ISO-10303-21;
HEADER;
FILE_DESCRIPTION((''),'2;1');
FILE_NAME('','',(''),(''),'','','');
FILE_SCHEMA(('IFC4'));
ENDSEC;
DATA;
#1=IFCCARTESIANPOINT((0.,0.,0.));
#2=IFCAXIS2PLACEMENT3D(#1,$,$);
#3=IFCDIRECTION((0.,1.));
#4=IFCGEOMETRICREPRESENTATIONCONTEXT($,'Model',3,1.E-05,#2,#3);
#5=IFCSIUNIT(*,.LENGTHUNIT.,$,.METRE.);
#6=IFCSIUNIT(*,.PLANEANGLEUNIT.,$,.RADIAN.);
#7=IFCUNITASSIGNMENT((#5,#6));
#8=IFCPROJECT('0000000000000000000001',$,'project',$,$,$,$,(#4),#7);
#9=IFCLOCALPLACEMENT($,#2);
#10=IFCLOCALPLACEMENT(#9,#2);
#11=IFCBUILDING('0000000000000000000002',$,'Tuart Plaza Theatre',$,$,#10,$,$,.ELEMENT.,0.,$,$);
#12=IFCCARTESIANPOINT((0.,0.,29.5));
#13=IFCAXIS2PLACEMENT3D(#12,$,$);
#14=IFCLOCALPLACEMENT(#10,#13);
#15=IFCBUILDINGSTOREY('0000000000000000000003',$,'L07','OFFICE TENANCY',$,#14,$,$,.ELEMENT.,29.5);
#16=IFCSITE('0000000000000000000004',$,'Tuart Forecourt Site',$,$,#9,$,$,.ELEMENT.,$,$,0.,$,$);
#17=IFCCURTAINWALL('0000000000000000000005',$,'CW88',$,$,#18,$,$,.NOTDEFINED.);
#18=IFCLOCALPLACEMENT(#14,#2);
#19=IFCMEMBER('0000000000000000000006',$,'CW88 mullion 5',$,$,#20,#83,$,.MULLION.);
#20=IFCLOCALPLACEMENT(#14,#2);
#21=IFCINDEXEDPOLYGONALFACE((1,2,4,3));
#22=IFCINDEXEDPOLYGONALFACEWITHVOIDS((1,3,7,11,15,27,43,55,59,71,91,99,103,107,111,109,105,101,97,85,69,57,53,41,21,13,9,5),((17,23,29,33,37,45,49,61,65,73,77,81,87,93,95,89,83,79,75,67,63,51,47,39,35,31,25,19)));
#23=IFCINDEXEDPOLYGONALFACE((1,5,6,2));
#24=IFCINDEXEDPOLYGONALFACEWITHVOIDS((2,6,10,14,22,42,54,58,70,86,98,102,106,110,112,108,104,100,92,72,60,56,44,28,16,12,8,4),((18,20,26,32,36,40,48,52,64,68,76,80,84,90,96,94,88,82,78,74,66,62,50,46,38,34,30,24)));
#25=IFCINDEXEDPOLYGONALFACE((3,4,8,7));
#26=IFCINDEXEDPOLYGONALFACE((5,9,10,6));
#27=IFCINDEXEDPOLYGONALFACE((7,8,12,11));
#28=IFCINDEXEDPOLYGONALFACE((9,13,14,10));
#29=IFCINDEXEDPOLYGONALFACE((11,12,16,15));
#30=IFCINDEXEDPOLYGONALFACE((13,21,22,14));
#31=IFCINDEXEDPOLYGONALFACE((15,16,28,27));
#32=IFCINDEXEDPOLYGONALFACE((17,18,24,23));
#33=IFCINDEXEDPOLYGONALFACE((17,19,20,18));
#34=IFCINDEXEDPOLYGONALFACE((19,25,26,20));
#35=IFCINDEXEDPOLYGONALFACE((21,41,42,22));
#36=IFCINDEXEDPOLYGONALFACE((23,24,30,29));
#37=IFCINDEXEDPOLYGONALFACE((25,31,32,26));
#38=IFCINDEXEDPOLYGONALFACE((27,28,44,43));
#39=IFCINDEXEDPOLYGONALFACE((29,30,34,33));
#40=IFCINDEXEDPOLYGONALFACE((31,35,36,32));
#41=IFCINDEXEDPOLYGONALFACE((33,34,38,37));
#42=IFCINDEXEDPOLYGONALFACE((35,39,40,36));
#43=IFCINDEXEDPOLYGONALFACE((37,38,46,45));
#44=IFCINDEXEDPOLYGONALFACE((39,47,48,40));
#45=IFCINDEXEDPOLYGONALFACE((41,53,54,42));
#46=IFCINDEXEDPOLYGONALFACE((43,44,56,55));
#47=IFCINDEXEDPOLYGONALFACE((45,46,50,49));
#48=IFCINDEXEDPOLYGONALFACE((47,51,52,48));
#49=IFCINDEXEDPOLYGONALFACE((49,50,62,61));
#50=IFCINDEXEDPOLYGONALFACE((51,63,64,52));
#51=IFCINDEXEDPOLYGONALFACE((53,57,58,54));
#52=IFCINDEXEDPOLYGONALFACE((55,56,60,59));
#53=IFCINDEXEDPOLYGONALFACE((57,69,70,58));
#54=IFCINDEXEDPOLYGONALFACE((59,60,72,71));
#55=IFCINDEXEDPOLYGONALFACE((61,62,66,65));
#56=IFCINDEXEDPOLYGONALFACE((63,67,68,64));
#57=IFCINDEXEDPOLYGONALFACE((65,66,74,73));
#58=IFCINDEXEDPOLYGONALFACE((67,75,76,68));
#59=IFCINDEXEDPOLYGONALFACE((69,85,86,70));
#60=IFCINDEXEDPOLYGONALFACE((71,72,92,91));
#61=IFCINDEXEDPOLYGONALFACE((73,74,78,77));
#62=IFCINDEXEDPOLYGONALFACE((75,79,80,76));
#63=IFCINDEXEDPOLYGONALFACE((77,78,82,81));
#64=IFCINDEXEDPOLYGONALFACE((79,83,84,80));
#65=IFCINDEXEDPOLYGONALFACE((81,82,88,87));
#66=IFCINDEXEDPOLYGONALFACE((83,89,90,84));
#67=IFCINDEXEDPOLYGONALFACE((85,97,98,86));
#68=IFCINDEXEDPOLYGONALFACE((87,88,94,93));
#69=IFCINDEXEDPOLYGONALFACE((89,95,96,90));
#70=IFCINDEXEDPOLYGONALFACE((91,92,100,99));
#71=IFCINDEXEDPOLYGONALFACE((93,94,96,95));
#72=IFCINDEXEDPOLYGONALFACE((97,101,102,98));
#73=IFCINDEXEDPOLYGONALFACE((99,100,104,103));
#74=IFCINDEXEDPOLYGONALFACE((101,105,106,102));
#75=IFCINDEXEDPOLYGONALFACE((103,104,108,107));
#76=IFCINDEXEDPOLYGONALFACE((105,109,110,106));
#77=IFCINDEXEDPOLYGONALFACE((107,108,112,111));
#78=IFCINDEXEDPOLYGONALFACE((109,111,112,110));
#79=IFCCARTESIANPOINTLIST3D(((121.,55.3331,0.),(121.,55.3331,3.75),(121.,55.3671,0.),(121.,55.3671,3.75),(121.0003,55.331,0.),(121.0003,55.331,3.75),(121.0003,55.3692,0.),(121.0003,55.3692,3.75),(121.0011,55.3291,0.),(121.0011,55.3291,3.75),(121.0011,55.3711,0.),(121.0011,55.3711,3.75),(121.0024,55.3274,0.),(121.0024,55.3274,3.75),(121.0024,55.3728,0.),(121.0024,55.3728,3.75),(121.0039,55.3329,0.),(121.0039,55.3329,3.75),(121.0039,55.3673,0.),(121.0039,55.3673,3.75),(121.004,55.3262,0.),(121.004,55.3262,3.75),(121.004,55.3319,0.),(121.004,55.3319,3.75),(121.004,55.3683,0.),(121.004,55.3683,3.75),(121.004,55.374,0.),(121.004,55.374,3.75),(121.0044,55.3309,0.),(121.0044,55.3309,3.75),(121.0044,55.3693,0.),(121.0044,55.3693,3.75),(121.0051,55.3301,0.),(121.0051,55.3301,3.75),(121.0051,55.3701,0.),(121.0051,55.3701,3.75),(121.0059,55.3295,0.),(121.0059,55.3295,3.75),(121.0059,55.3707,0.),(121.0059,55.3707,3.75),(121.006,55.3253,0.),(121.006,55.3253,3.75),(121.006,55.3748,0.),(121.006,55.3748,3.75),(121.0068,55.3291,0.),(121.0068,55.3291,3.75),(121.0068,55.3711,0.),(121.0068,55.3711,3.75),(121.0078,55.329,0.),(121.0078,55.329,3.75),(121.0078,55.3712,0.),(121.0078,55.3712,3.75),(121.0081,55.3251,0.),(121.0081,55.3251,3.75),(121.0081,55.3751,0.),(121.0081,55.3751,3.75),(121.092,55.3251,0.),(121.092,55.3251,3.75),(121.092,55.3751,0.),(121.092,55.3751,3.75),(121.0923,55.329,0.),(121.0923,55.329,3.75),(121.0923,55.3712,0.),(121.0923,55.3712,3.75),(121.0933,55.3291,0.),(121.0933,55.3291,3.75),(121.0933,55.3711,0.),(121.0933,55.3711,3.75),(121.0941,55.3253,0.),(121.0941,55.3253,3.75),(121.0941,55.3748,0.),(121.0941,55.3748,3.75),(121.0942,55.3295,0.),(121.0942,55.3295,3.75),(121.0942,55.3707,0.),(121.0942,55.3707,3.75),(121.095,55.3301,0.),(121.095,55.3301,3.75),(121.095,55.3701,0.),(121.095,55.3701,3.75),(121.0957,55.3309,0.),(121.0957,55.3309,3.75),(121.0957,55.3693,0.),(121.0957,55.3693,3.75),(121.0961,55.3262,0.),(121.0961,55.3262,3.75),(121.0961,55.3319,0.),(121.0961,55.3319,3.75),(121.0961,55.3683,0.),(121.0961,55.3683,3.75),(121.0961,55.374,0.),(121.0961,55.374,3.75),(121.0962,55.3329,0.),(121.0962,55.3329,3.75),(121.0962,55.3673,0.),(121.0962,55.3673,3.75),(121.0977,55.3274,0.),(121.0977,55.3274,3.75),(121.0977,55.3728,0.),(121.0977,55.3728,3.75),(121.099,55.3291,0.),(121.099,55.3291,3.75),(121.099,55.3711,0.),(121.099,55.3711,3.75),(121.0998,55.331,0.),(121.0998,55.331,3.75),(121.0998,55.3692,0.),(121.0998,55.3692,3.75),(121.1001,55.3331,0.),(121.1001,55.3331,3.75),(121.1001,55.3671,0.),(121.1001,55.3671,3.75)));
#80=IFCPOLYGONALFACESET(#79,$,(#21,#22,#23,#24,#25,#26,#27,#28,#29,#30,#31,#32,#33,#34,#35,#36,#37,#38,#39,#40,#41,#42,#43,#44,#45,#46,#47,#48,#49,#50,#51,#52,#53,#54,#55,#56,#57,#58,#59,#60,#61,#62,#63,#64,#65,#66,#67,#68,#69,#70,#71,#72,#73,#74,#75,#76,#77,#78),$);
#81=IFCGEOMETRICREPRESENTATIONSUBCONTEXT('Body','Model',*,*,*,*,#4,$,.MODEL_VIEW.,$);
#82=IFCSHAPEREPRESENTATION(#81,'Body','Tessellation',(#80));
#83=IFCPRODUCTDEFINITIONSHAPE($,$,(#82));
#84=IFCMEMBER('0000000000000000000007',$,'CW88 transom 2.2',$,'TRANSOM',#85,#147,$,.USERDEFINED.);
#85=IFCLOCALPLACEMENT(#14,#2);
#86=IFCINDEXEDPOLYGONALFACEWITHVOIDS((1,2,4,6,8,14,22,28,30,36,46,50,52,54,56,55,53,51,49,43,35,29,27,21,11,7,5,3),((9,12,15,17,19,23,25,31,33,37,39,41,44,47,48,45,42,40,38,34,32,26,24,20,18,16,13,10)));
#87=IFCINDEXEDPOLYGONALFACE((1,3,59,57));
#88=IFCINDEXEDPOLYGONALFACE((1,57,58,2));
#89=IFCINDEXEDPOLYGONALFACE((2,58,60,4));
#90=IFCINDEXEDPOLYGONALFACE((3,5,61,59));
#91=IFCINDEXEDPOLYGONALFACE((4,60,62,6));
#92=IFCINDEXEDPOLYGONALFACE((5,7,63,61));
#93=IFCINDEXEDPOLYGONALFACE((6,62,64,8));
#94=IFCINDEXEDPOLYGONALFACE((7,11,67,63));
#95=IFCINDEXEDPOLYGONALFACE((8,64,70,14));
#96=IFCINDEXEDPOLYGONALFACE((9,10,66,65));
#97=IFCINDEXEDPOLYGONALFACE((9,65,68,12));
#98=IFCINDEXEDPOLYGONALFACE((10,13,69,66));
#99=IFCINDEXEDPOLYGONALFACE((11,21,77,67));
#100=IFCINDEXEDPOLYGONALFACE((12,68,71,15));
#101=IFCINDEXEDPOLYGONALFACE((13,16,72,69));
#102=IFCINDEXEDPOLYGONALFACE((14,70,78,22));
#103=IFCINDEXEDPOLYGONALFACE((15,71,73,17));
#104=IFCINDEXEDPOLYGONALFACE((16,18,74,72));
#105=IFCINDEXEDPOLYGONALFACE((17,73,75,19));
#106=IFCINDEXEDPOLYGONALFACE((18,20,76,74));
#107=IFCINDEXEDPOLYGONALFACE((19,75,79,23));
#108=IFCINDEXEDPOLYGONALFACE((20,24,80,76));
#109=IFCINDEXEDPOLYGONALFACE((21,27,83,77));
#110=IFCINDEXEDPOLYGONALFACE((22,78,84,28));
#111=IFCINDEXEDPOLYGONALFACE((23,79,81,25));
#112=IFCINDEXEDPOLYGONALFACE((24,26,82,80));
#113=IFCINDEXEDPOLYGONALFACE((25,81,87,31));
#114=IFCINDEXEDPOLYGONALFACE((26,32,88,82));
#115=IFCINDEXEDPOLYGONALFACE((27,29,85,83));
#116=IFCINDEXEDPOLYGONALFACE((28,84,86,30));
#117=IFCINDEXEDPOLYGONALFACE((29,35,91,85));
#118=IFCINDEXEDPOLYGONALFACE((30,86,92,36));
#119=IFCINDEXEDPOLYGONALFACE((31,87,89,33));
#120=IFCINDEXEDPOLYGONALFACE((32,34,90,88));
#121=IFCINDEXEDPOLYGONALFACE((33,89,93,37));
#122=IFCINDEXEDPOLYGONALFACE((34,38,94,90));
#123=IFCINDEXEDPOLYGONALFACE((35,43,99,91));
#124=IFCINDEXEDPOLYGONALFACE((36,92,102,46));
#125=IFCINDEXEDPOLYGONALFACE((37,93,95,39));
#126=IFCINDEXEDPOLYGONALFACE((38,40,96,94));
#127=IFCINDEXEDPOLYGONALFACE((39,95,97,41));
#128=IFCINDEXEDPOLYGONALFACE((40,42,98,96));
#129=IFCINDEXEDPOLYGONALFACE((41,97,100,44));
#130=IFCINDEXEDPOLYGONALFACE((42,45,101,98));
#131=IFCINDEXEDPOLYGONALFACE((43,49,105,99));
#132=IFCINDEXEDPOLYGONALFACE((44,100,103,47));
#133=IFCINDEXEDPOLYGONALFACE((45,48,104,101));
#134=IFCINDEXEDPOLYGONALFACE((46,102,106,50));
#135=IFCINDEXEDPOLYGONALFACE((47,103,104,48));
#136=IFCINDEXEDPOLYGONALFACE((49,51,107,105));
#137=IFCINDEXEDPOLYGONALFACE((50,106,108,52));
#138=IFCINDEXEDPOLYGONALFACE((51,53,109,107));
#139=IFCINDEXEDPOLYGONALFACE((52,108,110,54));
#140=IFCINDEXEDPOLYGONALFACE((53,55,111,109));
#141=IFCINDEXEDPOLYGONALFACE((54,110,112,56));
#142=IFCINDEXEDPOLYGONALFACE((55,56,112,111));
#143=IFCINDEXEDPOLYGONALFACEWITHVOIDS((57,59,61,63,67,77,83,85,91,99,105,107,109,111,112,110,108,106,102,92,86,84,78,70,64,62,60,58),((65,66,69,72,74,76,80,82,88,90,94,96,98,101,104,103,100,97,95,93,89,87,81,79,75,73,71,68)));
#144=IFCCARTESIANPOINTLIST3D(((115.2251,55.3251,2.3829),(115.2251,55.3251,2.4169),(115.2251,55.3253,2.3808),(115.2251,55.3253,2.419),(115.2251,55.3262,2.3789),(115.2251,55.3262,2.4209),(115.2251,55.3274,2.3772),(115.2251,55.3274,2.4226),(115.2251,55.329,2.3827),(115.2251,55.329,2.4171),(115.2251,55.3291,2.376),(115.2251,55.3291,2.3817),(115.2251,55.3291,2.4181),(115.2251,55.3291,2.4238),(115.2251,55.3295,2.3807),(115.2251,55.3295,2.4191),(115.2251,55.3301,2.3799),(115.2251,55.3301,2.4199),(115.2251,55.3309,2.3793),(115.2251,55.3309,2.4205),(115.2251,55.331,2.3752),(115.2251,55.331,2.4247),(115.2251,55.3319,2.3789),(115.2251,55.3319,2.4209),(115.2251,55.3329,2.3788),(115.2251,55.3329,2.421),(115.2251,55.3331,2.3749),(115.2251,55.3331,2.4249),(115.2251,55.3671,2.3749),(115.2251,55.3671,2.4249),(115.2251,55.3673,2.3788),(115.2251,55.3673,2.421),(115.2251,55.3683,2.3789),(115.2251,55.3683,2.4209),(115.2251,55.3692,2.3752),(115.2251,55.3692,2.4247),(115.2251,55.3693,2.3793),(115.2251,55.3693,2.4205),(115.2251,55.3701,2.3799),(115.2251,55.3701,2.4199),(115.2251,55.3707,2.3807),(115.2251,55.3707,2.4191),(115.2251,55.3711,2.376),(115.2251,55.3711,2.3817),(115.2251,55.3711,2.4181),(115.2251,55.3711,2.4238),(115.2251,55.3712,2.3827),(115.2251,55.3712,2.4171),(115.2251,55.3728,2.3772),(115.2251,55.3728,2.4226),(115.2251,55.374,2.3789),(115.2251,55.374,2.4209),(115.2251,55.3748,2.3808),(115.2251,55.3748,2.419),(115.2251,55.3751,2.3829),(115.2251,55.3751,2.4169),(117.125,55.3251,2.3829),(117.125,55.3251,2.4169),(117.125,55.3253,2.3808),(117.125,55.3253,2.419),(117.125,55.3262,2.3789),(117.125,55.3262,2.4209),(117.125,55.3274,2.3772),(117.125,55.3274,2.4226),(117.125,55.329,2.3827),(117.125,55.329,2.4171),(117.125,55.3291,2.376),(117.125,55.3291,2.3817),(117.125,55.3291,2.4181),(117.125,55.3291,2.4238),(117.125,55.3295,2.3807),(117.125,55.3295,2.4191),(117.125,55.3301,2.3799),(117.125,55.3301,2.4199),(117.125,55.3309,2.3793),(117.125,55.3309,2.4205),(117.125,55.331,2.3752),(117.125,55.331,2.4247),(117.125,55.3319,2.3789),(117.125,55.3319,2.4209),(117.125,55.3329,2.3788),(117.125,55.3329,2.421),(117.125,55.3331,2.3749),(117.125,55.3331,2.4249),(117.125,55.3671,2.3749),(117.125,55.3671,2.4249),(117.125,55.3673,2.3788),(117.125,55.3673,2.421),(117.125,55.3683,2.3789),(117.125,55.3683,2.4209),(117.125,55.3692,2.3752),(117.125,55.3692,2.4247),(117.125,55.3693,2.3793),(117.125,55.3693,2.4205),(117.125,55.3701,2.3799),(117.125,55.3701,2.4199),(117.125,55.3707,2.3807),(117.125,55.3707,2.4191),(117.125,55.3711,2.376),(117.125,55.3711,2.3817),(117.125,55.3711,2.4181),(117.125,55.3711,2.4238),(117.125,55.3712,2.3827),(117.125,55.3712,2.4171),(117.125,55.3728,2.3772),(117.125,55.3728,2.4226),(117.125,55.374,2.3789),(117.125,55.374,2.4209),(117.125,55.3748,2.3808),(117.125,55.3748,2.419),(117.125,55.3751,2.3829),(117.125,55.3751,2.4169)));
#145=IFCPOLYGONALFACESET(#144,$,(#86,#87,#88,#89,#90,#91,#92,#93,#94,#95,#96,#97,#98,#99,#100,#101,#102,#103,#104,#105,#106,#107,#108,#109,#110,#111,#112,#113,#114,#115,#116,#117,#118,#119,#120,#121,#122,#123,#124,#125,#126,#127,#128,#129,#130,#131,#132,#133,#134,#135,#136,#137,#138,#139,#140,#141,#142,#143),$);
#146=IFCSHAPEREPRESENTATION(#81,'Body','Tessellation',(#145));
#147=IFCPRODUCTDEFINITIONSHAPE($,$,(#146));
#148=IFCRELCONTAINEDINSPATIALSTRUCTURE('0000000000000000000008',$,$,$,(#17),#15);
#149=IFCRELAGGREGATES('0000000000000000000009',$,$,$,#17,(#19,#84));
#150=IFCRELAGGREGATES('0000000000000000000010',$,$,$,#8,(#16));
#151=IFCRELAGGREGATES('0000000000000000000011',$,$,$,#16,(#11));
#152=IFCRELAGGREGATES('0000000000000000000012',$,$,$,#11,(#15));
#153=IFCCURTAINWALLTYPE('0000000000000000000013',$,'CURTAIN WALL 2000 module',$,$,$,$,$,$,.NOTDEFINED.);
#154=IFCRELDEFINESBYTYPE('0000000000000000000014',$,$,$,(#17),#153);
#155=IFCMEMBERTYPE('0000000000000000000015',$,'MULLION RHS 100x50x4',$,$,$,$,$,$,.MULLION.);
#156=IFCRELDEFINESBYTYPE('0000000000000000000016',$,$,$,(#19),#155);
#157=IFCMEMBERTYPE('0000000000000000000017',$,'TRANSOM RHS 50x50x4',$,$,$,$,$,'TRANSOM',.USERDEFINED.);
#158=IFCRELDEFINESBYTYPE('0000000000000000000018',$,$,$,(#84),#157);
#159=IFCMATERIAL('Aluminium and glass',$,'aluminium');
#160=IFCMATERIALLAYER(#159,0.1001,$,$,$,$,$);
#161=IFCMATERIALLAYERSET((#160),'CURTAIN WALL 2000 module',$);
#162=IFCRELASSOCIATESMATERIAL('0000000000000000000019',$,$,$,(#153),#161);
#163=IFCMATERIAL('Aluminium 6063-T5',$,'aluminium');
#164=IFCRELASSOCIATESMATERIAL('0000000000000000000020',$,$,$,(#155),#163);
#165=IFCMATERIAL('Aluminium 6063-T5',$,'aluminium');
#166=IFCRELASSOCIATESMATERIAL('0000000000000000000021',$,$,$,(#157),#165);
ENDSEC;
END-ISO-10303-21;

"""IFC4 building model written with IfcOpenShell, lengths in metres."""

from ifc_helpers import new_model, si_unit, direction, frame, origin, origin_2d, place, context, subcontext, project, spatial, hollow_rectangle, extrude, material, layer, layer_set, material_profile, profile_set, type_object, element, aggregate, save


model = new_model("IFC4")

# Units and contexts
model_context = context("Model", 3, precision=1e-05, world=origin(), true_north=direction((0.0, 1.0)))
body_context = subcontext(model_context, "Body", "Model", "MODEL_VIEW")
ifc_project = project(units=[si_unit("LENGTHUNIT", "METRE"), si_unit("PLANEANGLEUNIT", "RADIAN")], contexts=[model_context])

# Site, building, storey
site_placement = place(None, origin())
site = spatial("IfcSite", under=ifc_project, at=site_placement, Name="Tuart Forecourt Site", CompositionType="ELEMENT", RefElevation=0.0)
building_placement = place(site_placement, origin())
building = spatial("IfcBuilding", under=site, at=building_placement, Name="Tuart Plaza Theatre", CompositionType="ELEMENT", ElevationOfRefHeight=0.0)
storey_placement = place(building_placement, frame((0.0, 0.0, 29.5)))
storey = spatial("IfcBuildingStorey", under=building, at=storey_placement, Name="L07", Description="OFFICE TENANCY", CompositionType="ELEMENT", Elevation=29.5)

# Curtain wall, members
ifc_material_1 = material(Name="Aluminium and glass", Category="aluminium")
ifc_layer_1 = layer(ifc_material_1, 0.1001)
ifc_layer_set_1 = layer_set([ifc_layer_1], Name="CURTAIN WALL 2000 module")
curtain_wall_type = type_object("IfcCurtainWallType", Name="CURTAIN WALL 2000 module", PredefinedType="NOTDEFINED", material=ifc_layer_set_1)
curtain_wall_placement = place(storey_placement, origin())
curtain_wall = element("IfcCurtainWall", 1, at=curtain_wall_placement, inside=storey, type_object=curtain_wall_type, Name="CW88", PredefinedType="NOTDEFINED")
ifc_material_2 = material(Name="Aluminium 6063-T5", Category="aluminium")
ifc_material_profile_1 = material_profile(ifc_material_2, hollow_rectangle(XDim=0.05, YDim=0.1001, WallThickness=0.0039, InnerFilletRadius=0.0039, OuterFilletRadius=0.0081, at=origin_2d()), Name="RHS 100x50x4")
ifc_profile_set_1 = profile_set([ifc_material_profile_1], Name="Aluminium 6063-T5")
member_type_1 = type_object("IfcMemberType", Name="MULLION RHS 100x50x4", PredefinedType="MULLION", material=ifc_profile_set_1)
member_1_placement = place(storey_placement, frame((121.05, 55.3501, 0.0), z_axis=(0.0, 0.0, 1.0), x_axis=(0.0, 1.0, 0.0)))
member_1 = element("IfcMember", 2, at=member_1_placement, type_object=member_type_1, Name="CW88 mullion 5", PredefinedType="MULLION", context=body_context, shape_type="SweptSolid", body=[
    extrude(hollow_rectangle(XDim=0.05, YDim=0.1001, WallThickness=0.0039, InnerFilletRadius=0.0039, OuterFilletRadius=0.0081, at=origin_2d()), origin(), (0.0, 0.0, 1.0), 3.75),
])
ifc_material_3 = material(Name="Aluminium 6063-T5", Category="aluminium")
ifc_material_profile_2 = material_profile(ifc_material_3, hollow_rectangle(XDim=0.05, YDim=0.05, WallThickness=0.0039, InnerFilletRadius=0.0039, OuterFilletRadius=0.0081, at=origin_2d()), Name="RHS 50x50x4")
ifc_profile_set_2 = profile_set([ifc_material_profile_2], Name="Aluminium 6063-T5")
member_type_2 = type_object("IfcMemberType", Name="TRANSOM RHS 50x50x4", ElementType="TRANSOM", PredefinedType="USERDEFINED", material=ifc_profile_set_2)
member_2_placement = place(storey_placement, frame((115.2251, 55.3501, 2.3999), z_axis=(1.0, 0.0, 0.0), x_axis=(0.0, 1.0, 0.0)))
member_2 = element("IfcMember", 3, at=member_2_placement, type_object=member_type_2, Name="CW88 transom 2.2", ObjectType="TRANSOM", PredefinedType="USERDEFINED", context=body_context, shape_type="SweptSolid", body=[
    extrude(hollow_rectangle(XDim=0.05, YDim=0.05, WallThickness=0.0039, InnerFilletRadius=0.0039, OuterFilletRadius=0.0081, at=origin_2d()), origin(), (0.0, 0.0, 1.0), 1.8999),
])
aggregate(curtain_wall, [member_1, member_2])

save(model, "model.ifc")
